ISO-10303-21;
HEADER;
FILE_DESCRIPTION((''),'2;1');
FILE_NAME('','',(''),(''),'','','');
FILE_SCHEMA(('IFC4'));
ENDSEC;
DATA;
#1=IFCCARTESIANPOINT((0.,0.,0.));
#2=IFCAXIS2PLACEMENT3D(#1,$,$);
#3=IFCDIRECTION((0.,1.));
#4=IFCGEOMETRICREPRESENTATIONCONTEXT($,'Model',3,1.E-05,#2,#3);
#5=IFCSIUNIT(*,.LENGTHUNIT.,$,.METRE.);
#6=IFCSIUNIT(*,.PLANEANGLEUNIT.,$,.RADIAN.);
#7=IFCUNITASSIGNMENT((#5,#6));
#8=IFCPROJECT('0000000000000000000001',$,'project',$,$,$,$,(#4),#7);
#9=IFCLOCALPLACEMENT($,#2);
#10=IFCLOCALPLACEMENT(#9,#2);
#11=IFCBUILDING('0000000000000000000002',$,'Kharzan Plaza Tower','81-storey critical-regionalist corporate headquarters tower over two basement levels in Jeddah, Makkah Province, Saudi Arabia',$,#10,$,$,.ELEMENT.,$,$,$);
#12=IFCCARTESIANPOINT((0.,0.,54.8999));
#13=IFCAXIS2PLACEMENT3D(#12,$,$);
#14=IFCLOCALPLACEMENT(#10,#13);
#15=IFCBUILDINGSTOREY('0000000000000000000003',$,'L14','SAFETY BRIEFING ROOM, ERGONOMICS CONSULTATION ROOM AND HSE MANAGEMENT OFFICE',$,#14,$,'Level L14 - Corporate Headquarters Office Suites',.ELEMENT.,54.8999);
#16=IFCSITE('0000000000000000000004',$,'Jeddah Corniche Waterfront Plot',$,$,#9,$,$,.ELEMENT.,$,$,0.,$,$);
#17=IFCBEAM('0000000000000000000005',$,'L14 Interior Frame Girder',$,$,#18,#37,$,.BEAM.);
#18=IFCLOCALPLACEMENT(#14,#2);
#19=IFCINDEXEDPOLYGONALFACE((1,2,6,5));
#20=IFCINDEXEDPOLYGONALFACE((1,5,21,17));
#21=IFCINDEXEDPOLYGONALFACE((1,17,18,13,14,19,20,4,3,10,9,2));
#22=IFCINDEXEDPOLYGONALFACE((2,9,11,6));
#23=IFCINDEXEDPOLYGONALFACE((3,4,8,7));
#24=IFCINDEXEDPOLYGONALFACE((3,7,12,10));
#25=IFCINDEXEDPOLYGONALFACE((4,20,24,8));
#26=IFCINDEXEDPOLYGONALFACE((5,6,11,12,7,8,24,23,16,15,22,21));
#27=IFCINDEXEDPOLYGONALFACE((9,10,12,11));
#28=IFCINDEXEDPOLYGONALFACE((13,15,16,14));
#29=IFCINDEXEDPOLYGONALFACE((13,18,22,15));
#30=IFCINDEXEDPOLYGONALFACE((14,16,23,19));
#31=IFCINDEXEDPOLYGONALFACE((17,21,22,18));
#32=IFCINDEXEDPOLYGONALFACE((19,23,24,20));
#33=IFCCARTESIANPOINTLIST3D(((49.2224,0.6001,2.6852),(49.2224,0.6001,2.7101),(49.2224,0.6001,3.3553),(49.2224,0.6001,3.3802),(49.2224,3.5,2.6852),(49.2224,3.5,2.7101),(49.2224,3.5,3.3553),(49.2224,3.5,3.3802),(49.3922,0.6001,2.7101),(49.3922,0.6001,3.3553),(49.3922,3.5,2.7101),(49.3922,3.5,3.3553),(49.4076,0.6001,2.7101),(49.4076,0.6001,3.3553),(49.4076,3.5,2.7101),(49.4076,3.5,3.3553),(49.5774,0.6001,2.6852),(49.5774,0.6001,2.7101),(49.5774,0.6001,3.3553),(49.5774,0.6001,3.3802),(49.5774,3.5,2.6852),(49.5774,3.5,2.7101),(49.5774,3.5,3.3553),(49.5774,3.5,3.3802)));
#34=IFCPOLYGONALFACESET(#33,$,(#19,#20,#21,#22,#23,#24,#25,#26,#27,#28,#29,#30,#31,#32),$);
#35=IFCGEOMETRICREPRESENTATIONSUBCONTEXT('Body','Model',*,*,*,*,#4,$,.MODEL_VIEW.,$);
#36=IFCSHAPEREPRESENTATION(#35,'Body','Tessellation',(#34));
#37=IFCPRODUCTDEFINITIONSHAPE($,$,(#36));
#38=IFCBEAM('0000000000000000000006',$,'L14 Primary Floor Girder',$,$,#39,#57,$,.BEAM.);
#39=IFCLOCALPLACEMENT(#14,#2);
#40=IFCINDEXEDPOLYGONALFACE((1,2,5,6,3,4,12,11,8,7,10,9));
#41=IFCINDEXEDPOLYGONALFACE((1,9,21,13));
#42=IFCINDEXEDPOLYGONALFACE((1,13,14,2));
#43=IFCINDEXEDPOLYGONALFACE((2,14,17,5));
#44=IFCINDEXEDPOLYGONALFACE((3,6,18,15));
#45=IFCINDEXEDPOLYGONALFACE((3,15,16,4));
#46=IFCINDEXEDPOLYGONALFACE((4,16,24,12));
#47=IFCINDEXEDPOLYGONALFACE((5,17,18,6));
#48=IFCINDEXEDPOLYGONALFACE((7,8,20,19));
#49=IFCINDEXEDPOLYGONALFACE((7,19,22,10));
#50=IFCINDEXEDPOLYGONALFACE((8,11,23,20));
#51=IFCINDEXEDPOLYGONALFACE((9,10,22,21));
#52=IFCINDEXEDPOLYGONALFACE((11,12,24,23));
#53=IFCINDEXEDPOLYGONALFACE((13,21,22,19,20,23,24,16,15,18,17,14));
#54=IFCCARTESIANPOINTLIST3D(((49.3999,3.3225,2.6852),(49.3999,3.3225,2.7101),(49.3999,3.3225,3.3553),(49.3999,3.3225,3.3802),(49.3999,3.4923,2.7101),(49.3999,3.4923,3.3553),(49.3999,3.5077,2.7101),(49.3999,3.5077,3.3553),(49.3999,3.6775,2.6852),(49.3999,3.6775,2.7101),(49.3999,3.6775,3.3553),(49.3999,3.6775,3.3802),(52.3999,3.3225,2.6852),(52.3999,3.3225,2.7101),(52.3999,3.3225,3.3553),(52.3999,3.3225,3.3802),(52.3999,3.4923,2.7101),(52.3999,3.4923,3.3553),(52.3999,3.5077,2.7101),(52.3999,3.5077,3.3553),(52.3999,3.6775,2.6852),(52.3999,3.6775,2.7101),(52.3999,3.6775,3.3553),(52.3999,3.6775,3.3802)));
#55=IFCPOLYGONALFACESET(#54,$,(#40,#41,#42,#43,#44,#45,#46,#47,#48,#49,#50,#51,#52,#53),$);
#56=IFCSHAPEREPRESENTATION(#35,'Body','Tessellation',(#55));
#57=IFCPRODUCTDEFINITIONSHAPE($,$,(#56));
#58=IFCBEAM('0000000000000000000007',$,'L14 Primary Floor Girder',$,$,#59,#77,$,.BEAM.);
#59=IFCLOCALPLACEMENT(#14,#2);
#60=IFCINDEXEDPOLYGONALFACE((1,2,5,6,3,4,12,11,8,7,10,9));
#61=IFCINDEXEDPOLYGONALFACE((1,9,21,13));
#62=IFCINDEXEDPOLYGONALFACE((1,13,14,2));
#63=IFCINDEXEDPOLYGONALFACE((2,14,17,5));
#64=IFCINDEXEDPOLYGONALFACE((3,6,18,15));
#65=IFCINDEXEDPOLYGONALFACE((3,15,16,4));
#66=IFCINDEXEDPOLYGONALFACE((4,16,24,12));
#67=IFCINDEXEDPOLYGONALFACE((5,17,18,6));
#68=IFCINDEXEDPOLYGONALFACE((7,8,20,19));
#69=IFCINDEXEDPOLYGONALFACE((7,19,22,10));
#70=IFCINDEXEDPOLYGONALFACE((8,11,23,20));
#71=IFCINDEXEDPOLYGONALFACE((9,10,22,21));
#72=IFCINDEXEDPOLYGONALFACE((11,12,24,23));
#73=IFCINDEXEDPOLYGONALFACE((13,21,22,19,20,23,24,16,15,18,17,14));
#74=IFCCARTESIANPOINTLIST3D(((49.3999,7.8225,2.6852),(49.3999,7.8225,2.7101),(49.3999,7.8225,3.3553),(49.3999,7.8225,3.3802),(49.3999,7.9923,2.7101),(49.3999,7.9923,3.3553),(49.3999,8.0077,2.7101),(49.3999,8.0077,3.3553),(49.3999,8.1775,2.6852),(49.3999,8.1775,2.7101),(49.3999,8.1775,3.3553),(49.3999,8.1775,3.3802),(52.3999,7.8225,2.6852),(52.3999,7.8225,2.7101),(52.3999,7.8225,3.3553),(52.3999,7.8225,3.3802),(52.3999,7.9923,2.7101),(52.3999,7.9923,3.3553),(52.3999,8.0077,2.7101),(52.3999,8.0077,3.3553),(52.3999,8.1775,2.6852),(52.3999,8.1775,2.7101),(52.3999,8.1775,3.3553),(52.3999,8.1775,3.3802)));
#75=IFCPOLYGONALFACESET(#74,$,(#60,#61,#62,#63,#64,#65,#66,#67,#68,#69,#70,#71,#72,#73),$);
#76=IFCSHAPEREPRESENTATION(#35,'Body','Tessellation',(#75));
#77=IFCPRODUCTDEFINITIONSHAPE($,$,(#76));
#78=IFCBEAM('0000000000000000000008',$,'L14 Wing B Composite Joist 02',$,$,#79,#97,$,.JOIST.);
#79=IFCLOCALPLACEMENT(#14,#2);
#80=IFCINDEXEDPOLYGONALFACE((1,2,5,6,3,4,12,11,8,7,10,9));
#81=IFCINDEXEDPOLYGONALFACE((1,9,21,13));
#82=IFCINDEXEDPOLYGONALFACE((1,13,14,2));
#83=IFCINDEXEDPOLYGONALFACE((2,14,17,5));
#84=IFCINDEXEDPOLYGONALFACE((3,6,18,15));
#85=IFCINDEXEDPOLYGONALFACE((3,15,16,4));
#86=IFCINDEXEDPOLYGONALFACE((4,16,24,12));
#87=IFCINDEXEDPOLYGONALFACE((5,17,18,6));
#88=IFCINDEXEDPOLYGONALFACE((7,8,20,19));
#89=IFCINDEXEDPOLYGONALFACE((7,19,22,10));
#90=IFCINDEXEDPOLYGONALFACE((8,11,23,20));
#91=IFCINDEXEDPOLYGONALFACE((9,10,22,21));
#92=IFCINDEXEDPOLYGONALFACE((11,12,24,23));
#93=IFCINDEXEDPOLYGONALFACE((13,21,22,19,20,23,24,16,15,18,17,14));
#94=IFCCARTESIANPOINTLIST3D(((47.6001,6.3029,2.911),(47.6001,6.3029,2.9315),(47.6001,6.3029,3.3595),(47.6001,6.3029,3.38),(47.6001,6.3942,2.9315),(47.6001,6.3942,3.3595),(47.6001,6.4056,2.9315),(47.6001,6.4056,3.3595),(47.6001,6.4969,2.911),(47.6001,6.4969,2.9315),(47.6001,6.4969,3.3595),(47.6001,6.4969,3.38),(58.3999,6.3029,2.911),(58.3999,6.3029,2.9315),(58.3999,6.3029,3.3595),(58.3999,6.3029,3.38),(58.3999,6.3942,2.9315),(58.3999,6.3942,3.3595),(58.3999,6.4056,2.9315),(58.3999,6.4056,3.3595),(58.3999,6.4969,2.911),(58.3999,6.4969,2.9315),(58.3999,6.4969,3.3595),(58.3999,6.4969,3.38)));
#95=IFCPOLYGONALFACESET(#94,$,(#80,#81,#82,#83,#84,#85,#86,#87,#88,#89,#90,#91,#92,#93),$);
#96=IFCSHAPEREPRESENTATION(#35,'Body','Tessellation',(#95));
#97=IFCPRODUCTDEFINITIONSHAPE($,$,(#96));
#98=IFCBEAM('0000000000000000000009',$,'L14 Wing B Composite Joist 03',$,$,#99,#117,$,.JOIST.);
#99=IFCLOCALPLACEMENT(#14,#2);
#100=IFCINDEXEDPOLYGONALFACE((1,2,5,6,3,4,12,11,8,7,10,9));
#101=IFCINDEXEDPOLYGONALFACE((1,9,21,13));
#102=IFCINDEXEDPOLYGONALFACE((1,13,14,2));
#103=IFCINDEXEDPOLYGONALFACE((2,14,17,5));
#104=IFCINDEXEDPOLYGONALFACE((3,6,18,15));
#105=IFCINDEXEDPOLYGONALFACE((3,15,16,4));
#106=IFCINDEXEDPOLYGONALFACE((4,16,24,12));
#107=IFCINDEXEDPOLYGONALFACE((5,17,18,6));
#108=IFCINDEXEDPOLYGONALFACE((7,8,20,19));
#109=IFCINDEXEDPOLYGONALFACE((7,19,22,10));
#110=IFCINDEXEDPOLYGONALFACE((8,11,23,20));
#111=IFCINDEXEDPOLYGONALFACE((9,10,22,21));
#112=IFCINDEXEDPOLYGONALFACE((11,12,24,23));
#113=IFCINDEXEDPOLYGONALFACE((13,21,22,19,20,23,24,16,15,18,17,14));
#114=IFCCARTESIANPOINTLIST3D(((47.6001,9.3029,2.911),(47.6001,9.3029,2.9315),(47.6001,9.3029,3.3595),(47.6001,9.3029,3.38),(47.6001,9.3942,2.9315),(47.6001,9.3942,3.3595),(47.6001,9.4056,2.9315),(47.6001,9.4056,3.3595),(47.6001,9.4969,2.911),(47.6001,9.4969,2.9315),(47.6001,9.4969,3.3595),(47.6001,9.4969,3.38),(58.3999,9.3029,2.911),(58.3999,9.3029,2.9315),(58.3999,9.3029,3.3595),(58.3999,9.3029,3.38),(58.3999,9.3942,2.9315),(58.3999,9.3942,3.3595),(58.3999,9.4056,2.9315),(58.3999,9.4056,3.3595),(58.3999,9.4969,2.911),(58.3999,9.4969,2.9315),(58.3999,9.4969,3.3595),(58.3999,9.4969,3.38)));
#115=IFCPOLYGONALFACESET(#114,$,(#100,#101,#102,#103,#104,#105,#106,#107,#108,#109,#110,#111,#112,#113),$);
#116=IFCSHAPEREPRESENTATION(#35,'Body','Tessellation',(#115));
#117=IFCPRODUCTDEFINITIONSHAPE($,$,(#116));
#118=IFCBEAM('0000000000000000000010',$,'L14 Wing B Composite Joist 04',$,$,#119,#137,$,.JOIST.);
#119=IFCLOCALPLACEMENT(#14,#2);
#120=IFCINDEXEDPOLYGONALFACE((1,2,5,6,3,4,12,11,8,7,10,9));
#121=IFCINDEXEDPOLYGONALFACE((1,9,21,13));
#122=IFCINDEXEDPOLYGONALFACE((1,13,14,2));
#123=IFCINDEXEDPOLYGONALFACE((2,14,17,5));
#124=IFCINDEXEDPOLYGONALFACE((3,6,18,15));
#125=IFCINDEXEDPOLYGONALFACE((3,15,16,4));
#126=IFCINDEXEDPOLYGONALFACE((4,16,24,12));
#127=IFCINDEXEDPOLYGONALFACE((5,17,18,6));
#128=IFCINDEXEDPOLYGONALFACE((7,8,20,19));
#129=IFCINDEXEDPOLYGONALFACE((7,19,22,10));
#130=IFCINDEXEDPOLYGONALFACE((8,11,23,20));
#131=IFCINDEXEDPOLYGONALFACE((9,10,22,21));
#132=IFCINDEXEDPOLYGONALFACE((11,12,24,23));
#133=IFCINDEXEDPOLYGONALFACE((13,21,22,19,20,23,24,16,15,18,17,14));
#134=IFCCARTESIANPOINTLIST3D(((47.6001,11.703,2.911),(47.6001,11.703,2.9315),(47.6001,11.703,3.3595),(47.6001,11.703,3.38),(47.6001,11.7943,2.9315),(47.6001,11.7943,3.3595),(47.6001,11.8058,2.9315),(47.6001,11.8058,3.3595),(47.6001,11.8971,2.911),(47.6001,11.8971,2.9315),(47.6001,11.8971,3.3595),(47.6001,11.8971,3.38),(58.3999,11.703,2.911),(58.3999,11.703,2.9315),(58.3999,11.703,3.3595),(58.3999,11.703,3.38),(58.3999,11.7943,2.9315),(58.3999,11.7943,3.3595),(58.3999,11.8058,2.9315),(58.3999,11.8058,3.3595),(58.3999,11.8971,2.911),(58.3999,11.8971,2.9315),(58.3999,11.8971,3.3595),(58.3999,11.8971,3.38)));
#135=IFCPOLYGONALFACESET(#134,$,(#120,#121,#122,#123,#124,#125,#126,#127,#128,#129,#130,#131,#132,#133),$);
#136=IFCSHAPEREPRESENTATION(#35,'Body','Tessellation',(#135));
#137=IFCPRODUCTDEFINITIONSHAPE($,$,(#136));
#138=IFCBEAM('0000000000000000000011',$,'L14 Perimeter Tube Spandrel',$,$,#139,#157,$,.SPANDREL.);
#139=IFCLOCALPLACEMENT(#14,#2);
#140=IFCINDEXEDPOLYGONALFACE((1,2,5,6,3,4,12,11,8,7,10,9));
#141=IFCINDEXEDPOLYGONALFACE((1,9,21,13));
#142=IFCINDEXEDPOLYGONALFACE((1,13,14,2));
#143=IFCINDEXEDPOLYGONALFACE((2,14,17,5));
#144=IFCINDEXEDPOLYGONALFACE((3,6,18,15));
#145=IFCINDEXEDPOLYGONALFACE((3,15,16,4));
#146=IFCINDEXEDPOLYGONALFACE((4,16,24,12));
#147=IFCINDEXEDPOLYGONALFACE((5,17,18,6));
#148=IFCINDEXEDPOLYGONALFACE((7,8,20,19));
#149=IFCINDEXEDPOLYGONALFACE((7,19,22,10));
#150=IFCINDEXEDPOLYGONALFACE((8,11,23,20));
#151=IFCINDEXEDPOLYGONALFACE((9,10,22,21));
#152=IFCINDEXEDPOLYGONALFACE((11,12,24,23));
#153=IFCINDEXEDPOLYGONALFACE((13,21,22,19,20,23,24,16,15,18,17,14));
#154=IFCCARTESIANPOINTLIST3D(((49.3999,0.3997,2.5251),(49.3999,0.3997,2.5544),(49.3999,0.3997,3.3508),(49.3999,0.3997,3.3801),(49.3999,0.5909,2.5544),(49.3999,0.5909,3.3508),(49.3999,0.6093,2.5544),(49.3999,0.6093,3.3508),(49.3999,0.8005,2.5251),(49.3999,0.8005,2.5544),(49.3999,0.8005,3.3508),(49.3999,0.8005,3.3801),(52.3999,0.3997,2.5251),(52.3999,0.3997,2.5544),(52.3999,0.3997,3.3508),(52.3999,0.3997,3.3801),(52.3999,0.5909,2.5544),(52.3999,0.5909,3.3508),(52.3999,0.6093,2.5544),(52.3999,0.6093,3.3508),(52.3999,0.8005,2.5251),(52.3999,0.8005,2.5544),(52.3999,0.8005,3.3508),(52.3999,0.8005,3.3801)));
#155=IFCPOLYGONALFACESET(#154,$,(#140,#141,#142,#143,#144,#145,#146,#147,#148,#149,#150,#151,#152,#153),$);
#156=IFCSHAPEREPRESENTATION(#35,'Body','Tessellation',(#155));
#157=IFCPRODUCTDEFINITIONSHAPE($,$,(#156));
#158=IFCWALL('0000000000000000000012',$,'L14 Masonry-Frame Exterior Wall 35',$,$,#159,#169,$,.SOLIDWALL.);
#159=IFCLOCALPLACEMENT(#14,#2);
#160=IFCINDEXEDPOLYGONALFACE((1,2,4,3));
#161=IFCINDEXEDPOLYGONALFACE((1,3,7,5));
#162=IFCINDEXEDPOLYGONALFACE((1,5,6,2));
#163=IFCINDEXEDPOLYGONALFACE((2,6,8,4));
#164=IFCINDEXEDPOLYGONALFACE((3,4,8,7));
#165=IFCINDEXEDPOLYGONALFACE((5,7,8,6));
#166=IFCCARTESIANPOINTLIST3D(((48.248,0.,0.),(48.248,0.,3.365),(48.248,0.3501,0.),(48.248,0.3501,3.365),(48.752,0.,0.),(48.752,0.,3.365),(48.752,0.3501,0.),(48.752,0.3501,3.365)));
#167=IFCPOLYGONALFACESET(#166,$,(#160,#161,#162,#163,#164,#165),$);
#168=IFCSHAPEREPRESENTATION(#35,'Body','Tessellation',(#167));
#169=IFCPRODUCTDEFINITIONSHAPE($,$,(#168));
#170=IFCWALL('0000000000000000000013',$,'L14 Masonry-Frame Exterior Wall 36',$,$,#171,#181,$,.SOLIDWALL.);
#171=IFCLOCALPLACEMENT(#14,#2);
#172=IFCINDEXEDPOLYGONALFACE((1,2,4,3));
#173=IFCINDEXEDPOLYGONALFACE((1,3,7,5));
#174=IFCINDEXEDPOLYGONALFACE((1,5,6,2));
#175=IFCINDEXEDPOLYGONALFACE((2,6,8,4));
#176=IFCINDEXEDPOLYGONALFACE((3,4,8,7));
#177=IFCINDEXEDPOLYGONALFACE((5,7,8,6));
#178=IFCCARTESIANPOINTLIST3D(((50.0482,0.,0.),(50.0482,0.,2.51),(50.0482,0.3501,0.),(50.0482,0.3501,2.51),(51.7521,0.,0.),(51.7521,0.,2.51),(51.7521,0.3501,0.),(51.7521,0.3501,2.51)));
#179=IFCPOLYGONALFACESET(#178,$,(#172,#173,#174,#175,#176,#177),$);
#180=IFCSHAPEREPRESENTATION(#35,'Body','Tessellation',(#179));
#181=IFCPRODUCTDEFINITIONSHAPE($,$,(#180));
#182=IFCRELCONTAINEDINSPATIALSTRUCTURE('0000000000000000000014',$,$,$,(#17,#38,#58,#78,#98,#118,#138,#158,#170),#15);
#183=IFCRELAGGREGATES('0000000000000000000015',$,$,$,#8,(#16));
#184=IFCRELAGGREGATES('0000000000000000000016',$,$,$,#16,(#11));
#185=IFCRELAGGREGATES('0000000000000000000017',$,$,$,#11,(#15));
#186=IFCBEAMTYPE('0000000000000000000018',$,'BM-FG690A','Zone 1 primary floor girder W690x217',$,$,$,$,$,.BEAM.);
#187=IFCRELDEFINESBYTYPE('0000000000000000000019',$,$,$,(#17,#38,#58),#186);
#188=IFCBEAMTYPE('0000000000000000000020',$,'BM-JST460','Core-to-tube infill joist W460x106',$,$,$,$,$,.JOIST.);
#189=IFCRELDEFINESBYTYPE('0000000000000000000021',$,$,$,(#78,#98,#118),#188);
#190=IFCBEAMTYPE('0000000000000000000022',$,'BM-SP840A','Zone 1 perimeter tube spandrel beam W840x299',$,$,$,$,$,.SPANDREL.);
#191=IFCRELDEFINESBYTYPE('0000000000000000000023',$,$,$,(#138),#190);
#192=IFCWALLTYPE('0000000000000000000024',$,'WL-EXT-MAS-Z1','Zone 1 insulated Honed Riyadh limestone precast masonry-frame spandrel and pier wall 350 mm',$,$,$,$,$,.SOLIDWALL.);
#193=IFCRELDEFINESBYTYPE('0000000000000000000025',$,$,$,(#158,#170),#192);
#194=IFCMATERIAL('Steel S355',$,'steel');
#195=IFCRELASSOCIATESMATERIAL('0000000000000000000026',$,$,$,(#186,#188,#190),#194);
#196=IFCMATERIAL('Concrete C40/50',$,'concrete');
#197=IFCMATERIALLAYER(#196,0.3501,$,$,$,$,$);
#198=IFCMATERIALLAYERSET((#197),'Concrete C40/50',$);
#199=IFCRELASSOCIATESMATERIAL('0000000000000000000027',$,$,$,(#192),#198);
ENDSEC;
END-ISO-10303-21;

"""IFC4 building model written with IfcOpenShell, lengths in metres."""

from ifc_helpers import new_model, si_unit, direction, frame, frame_2d, origin, origin_2d, place, context, subcontext, project, spatial, rectangle, i_section, extrude, source, transform, mapped, material, layer, layer_set, material_profile, profile_set, type_object, element, save


model = new_model("IFC4")

# Units and contexts
model_context = context("Model", 3, precision=1e-05, world=origin(), true_north=direction((0.0, 1.0)))
body_context = subcontext(model_context, "Body", "Model", "MODEL_VIEW")
ifc_project = project(units=[si_unit("LENGTHUNIT", "METRE"), si_unit("PLANEANGLEUNIT", "RADIAN")], contexts=[model_context])

# Site, building, storey
site_placement = place(None, origin())
site = spatial("IfcSite", under=ifc_project, at=site_placement, Name="Jeddah Corniche Waterfront Plot", CompositionType="ELEMENT", RefElevation=0.0)
building_placement = place(site_placement, origin())
building = spatial("IfcBuilding", under=site, at=building_placement, Name="Kharzan Plaza Tower", Description="81-storey critical-regionalist corporate headquarters tower over two basement levels in Jeddah, Makkah Province, Saudi Arabia", CompositionType="ELEMENT")
storey_placement = place(building_placement, frame((0.0, 0.0, 54.8999)))
storey = spatial("IfcBuildingStorey", under=building, at=storey_placement, Name="L14", Description="SAFETY BRIEFING ROOM, ERGONOMICS CONSULTATION ROOM AND HSE MANAGEMENT OFFICE", LongName="Level L14 - Corporate Headquarters Office Suites", CompositionType="ELEMENT", Elevation=54.8999)

# Beams
ifc_material_1 = material(Name="Steel S355", Category="steel")
ifc_material_profile_1 = material_profile(ifc_material_1, i_section(OverallWidth=0.355, OverallDepth=0.6951, WebThickness=0.0154, FlangeThickness=0.0249, at=origin_2d()), Name="W690x217")
ifc_profile_set_1 = profile_set([ifc_material_profile_1], Name="Steel S355")
beam_type_1 = type_object("IfcBeamType", Name="BM-FG690A", Description="Zone 1 primary floor girder W690x217", PredefinedType="BEAM", material=ifc_profile_set_1)
shared_shape_1 = source(origin(), body_context, "Body", "SweptSolid", [
    extrude(i_section(OverallWidth=0.355, OverallDepth=0.6951, WebThickness=0.0154, FlangeThickness=0.0249, at=origin_2d()), origin(), (0.0, 0.0, 1.0), 2.8999),
])
for number, where, z_axis, x_axis, name in (
    (1, (49.3999, 0.6001, 3.0327), (0.0, 1.0, 0.0), (-1.0, 0.0, 0.0), "L14 Interior Frame Girder"),
):
    element("IfcBeam", number, at=place(storey_placement, frame(where, z_axis=z_axis, x_axis=x_axis)), inside=storey, type_object=beam_type_1, Name=name, PredefinedType="BEAM", context=body_context, shape_type="MappedRepresentation", body=[
        mapped(shared_shape_1, transform((0.0, 0.0, 0.0), x_axis=(1.0, 0.0, 0.0), y_axis=(0.0, 1.0, 0.0), z_axis=(0.0, 0.0, 1.0))),
    ])
shared_shape_2 = source(origin(), body_context, "Body", "SweptSolid", [
    extrude(i_section(OverallWidth=0.355, OverallDepth=0.6951, WebThickness=0.0154, FlangeThickness=0.0249, at=origin_2d()), origin(), (0.0, 0.0, 1.0), 3.0),
])
for number, where, z_axis, x_axis, name in (
    (2, (49.3999, 3.5, 3.0327), (1.0, 0.0, 0.0), (0.0, 1.0, 0.0), "L14 Primary Floor Girder"),
    (3, (49.3999, 8.0, 3.0327), (1.0, 0.0, 0.0), (0.0, 1.0, 0.0), "L14 Primary Floor Girder"),
):
    element("IfcBeam", number, at=place(storey_placement, frame(where, z_axis=z_axis, x_axis=x_axis)), inside=storey, type_object=beam_type_1, Name=name, PredefinedType="BEAM", context=body_context, shape_type="MappedRepresentation", body=[
        mapped(shared_shape_2, transform((0.0, 0.0, 0.0), x_axis=(1.0, 0.0, 0.0), y_axis=(0.0, 1.0, 0.0), z_axis=(0.0, 0.0, 1.0))),
    ])
ifc_material_profile_2 = material_profile(ifc_material_1, i_section(OverallWidth=0.1941, OverallDepth=0.469, WebThickness=0.0115, FlangeThickness=0.0205, at=origin_2d()), Name="W460x106")
ifc_profile_set_2 = profile_set([ifc_material_profile_2], Name="Steel S355")
beam_type_2 = type_object("IfcBeamType", Name="BM-JST460", Description="Core-to-tube infill joist W460x106", PredefinedType="JOIST", material=ifc_profile_set_2)
shared_shape_3 = source(origin(), body_context, "Body", "SweptSolid", [
    extrude(i_section(OverallWidth=0.1941, OverallDepth=0.469, WebThickness=0.0115, FlangeThickness=0.0205, at=origin_2d()), origin(), (0.0, 0.0, 1.0), 10.7998),
])
for number, where, z_axis, x_axis, name in (
    (4, (47.6001, 6.3999, 3.1455), (1.0, 0.0, 0.0), (0.0, 1.0, 0.0), "L14 Wing B Composite Joist 02"),
    (5, (47.6001, 9.3999, 3.1455), (1.0, 0.0, 0.0), (0.0, 1.0, 0.0), "L14 Wing B Composite Joist 03"),
    (6, (47.6001, 11.8, 3.1455), (1.0, 0.0, 0.0), (0.0, 1.0, 0.0), "L14 Wing B Composite Joist 04"),
):
    element("IfcBeam", number, at=place(storey_placement, frame(where, z_axis=z_axis, x_axis=x_axis)), inside=storey, type_object=beam_type_2, Name=name, PredefinedType="JOIST", context=body_context, shape_type="MappedRepresentation", body=[
        mapped(shared_shape_3, transform((0.0, 0.0, 0.0), x_axis=(1.0, 0.0, 0.0), y_axis=(0.0, 1.0, 0.0), z_axis=(0.0, 0.0, 1.0))),
    ])
ifc_material_profile_3 = material_profile(ifc_material_1, i_section(OverallWidth=0.4009, OverallDepth=0.855, WebThickness=0.0183, FlangeThickness=0.0293, at=origin_2d()), Name="W840x299")
ifc_profile_set_3 = profile_set([ifc_material_profile_3], Name="Steel S355")
beam_type_3 = type_object("IfcBeamType", Name="BM-SP840A", Description="Zone 1 perimeter tube spandrel beam W840x299", PredefinedType="SPANDREL", material=ifc_profile_set_3)
shared_shape_4 = source(origin(), body_context, "Body", "SweptSolid", [
    extrude(i_section(OverallWidth=0.4009, OverallDepth=0.855, WebThickness=0.0183, FlangeThickness=0.0293, at=origin_2d()), origin(), (0.0, 0.0, 1.0), 3.0),
])
beam_placement = place(storey_placement, frame((49.3999, 0.6001, 2.9526), z_axis=(1.0, 0.0, 0.0), x_axis=(0.0, 1.0, 0.0)))
element("IfcBeam", 7, at=beam_placement, inside=storey, type_object=beam_type_3, Name="L14 Perimeter Tube Spandrel", PredefinedType="SPANDREL", context=body_context, shape_type="MappedRepresentation", body=[
    mapped(shared_shape_4, transform((0.0, 0.0, 0.0), x_axis=(1.0, 0.0, 0.0), y_axis=(0.0, 1.0, 0.0), z_axis=(0.0, 0.0, 1.0))),
])

# Walls
ifc_material_2 = material(Name="Concrete C40/50", Category="concrete")
ifc_layer_1 = layer(ifc_material_2, 0.3501)
ifc_layer_set_1 = layer_set([ifc_layer_1], Name="Concrete C40/50")
wall_type_1 = type_object("IfcWallType", Name="WL-EXT-MAS-Z1", Description="Zone 1 insulated Honed Riyadh limestone precast masonry-frame spandrel and pier wall 350 mm", PredefinedType="SOLIDWALL", material=ifc_layer_set_1)
shared_shape_5 = source(origin(), body_context, "Body", "SweptSolid", [
    extrude(rectangle(XDim=0.5039, YDim=0.3501, at=frame_2d((0.252, 0.0))), origin(), (0.0, 0.0, 1.0), 3.365),
])
wall_1_placement = place(storey_placement, frame((48.248, 0.175, 0.0), z_axis=(0.0, 0.0, 1.0), x_axis=(1.0, 0.0, 0.0)))
element("IfcWall", 8, at=wall_1_placement, inside=storey, type_object=wall_type_1, Name="L14 Masonry-Frame Exterior Wall 35", PredefinedType="SOLIDWALL", context=body_context, shape_type="MappedRepresentation", body=[
    mapped(shared_shape_5, transform((0.0, 0.0, 0.0), x_axis=(1.0, 0.0, 0.0), y_axis=(0.0, 1.0, 0.0), z_axis=(0.0, 0.0, 1.0))),
])
shared_shape_6 = source(origin(), body_context, "Body", "SweptSolid", [
    extrude(rectangle(XDim=1.7039, YDim=0.3501, at=frame_2d((0.8521, 0.0))), origin(), (0.0, 0.0, 1.0), 2.51),
])
wall_2_placement = place(storey_placement, frame((50.0481, 0.175, 0.0), z_axis=(0.0, 0.0, 1.0), x_axis=(1.0, 0.0, 0.0)))
element("IfcWall", 9, at=wall_2_placement, inside=storey, type_object=wall_type_1, Name="L14 Masonry-Frame Exterior Wall 36", PredefinedType="SOLIDWALL", context=body_context, shape_type="MappedRepresentation", body=[
    mapped(shared_shape_6, transform((0.0, 0.0, 0.0), x_axis=(1.0, 0.0, 0.0), y_axis=(0.0, 1.0, 0.0), z_axis=(0.0, 0.0, 1.0))),
])

save(model, "model.ifc")
